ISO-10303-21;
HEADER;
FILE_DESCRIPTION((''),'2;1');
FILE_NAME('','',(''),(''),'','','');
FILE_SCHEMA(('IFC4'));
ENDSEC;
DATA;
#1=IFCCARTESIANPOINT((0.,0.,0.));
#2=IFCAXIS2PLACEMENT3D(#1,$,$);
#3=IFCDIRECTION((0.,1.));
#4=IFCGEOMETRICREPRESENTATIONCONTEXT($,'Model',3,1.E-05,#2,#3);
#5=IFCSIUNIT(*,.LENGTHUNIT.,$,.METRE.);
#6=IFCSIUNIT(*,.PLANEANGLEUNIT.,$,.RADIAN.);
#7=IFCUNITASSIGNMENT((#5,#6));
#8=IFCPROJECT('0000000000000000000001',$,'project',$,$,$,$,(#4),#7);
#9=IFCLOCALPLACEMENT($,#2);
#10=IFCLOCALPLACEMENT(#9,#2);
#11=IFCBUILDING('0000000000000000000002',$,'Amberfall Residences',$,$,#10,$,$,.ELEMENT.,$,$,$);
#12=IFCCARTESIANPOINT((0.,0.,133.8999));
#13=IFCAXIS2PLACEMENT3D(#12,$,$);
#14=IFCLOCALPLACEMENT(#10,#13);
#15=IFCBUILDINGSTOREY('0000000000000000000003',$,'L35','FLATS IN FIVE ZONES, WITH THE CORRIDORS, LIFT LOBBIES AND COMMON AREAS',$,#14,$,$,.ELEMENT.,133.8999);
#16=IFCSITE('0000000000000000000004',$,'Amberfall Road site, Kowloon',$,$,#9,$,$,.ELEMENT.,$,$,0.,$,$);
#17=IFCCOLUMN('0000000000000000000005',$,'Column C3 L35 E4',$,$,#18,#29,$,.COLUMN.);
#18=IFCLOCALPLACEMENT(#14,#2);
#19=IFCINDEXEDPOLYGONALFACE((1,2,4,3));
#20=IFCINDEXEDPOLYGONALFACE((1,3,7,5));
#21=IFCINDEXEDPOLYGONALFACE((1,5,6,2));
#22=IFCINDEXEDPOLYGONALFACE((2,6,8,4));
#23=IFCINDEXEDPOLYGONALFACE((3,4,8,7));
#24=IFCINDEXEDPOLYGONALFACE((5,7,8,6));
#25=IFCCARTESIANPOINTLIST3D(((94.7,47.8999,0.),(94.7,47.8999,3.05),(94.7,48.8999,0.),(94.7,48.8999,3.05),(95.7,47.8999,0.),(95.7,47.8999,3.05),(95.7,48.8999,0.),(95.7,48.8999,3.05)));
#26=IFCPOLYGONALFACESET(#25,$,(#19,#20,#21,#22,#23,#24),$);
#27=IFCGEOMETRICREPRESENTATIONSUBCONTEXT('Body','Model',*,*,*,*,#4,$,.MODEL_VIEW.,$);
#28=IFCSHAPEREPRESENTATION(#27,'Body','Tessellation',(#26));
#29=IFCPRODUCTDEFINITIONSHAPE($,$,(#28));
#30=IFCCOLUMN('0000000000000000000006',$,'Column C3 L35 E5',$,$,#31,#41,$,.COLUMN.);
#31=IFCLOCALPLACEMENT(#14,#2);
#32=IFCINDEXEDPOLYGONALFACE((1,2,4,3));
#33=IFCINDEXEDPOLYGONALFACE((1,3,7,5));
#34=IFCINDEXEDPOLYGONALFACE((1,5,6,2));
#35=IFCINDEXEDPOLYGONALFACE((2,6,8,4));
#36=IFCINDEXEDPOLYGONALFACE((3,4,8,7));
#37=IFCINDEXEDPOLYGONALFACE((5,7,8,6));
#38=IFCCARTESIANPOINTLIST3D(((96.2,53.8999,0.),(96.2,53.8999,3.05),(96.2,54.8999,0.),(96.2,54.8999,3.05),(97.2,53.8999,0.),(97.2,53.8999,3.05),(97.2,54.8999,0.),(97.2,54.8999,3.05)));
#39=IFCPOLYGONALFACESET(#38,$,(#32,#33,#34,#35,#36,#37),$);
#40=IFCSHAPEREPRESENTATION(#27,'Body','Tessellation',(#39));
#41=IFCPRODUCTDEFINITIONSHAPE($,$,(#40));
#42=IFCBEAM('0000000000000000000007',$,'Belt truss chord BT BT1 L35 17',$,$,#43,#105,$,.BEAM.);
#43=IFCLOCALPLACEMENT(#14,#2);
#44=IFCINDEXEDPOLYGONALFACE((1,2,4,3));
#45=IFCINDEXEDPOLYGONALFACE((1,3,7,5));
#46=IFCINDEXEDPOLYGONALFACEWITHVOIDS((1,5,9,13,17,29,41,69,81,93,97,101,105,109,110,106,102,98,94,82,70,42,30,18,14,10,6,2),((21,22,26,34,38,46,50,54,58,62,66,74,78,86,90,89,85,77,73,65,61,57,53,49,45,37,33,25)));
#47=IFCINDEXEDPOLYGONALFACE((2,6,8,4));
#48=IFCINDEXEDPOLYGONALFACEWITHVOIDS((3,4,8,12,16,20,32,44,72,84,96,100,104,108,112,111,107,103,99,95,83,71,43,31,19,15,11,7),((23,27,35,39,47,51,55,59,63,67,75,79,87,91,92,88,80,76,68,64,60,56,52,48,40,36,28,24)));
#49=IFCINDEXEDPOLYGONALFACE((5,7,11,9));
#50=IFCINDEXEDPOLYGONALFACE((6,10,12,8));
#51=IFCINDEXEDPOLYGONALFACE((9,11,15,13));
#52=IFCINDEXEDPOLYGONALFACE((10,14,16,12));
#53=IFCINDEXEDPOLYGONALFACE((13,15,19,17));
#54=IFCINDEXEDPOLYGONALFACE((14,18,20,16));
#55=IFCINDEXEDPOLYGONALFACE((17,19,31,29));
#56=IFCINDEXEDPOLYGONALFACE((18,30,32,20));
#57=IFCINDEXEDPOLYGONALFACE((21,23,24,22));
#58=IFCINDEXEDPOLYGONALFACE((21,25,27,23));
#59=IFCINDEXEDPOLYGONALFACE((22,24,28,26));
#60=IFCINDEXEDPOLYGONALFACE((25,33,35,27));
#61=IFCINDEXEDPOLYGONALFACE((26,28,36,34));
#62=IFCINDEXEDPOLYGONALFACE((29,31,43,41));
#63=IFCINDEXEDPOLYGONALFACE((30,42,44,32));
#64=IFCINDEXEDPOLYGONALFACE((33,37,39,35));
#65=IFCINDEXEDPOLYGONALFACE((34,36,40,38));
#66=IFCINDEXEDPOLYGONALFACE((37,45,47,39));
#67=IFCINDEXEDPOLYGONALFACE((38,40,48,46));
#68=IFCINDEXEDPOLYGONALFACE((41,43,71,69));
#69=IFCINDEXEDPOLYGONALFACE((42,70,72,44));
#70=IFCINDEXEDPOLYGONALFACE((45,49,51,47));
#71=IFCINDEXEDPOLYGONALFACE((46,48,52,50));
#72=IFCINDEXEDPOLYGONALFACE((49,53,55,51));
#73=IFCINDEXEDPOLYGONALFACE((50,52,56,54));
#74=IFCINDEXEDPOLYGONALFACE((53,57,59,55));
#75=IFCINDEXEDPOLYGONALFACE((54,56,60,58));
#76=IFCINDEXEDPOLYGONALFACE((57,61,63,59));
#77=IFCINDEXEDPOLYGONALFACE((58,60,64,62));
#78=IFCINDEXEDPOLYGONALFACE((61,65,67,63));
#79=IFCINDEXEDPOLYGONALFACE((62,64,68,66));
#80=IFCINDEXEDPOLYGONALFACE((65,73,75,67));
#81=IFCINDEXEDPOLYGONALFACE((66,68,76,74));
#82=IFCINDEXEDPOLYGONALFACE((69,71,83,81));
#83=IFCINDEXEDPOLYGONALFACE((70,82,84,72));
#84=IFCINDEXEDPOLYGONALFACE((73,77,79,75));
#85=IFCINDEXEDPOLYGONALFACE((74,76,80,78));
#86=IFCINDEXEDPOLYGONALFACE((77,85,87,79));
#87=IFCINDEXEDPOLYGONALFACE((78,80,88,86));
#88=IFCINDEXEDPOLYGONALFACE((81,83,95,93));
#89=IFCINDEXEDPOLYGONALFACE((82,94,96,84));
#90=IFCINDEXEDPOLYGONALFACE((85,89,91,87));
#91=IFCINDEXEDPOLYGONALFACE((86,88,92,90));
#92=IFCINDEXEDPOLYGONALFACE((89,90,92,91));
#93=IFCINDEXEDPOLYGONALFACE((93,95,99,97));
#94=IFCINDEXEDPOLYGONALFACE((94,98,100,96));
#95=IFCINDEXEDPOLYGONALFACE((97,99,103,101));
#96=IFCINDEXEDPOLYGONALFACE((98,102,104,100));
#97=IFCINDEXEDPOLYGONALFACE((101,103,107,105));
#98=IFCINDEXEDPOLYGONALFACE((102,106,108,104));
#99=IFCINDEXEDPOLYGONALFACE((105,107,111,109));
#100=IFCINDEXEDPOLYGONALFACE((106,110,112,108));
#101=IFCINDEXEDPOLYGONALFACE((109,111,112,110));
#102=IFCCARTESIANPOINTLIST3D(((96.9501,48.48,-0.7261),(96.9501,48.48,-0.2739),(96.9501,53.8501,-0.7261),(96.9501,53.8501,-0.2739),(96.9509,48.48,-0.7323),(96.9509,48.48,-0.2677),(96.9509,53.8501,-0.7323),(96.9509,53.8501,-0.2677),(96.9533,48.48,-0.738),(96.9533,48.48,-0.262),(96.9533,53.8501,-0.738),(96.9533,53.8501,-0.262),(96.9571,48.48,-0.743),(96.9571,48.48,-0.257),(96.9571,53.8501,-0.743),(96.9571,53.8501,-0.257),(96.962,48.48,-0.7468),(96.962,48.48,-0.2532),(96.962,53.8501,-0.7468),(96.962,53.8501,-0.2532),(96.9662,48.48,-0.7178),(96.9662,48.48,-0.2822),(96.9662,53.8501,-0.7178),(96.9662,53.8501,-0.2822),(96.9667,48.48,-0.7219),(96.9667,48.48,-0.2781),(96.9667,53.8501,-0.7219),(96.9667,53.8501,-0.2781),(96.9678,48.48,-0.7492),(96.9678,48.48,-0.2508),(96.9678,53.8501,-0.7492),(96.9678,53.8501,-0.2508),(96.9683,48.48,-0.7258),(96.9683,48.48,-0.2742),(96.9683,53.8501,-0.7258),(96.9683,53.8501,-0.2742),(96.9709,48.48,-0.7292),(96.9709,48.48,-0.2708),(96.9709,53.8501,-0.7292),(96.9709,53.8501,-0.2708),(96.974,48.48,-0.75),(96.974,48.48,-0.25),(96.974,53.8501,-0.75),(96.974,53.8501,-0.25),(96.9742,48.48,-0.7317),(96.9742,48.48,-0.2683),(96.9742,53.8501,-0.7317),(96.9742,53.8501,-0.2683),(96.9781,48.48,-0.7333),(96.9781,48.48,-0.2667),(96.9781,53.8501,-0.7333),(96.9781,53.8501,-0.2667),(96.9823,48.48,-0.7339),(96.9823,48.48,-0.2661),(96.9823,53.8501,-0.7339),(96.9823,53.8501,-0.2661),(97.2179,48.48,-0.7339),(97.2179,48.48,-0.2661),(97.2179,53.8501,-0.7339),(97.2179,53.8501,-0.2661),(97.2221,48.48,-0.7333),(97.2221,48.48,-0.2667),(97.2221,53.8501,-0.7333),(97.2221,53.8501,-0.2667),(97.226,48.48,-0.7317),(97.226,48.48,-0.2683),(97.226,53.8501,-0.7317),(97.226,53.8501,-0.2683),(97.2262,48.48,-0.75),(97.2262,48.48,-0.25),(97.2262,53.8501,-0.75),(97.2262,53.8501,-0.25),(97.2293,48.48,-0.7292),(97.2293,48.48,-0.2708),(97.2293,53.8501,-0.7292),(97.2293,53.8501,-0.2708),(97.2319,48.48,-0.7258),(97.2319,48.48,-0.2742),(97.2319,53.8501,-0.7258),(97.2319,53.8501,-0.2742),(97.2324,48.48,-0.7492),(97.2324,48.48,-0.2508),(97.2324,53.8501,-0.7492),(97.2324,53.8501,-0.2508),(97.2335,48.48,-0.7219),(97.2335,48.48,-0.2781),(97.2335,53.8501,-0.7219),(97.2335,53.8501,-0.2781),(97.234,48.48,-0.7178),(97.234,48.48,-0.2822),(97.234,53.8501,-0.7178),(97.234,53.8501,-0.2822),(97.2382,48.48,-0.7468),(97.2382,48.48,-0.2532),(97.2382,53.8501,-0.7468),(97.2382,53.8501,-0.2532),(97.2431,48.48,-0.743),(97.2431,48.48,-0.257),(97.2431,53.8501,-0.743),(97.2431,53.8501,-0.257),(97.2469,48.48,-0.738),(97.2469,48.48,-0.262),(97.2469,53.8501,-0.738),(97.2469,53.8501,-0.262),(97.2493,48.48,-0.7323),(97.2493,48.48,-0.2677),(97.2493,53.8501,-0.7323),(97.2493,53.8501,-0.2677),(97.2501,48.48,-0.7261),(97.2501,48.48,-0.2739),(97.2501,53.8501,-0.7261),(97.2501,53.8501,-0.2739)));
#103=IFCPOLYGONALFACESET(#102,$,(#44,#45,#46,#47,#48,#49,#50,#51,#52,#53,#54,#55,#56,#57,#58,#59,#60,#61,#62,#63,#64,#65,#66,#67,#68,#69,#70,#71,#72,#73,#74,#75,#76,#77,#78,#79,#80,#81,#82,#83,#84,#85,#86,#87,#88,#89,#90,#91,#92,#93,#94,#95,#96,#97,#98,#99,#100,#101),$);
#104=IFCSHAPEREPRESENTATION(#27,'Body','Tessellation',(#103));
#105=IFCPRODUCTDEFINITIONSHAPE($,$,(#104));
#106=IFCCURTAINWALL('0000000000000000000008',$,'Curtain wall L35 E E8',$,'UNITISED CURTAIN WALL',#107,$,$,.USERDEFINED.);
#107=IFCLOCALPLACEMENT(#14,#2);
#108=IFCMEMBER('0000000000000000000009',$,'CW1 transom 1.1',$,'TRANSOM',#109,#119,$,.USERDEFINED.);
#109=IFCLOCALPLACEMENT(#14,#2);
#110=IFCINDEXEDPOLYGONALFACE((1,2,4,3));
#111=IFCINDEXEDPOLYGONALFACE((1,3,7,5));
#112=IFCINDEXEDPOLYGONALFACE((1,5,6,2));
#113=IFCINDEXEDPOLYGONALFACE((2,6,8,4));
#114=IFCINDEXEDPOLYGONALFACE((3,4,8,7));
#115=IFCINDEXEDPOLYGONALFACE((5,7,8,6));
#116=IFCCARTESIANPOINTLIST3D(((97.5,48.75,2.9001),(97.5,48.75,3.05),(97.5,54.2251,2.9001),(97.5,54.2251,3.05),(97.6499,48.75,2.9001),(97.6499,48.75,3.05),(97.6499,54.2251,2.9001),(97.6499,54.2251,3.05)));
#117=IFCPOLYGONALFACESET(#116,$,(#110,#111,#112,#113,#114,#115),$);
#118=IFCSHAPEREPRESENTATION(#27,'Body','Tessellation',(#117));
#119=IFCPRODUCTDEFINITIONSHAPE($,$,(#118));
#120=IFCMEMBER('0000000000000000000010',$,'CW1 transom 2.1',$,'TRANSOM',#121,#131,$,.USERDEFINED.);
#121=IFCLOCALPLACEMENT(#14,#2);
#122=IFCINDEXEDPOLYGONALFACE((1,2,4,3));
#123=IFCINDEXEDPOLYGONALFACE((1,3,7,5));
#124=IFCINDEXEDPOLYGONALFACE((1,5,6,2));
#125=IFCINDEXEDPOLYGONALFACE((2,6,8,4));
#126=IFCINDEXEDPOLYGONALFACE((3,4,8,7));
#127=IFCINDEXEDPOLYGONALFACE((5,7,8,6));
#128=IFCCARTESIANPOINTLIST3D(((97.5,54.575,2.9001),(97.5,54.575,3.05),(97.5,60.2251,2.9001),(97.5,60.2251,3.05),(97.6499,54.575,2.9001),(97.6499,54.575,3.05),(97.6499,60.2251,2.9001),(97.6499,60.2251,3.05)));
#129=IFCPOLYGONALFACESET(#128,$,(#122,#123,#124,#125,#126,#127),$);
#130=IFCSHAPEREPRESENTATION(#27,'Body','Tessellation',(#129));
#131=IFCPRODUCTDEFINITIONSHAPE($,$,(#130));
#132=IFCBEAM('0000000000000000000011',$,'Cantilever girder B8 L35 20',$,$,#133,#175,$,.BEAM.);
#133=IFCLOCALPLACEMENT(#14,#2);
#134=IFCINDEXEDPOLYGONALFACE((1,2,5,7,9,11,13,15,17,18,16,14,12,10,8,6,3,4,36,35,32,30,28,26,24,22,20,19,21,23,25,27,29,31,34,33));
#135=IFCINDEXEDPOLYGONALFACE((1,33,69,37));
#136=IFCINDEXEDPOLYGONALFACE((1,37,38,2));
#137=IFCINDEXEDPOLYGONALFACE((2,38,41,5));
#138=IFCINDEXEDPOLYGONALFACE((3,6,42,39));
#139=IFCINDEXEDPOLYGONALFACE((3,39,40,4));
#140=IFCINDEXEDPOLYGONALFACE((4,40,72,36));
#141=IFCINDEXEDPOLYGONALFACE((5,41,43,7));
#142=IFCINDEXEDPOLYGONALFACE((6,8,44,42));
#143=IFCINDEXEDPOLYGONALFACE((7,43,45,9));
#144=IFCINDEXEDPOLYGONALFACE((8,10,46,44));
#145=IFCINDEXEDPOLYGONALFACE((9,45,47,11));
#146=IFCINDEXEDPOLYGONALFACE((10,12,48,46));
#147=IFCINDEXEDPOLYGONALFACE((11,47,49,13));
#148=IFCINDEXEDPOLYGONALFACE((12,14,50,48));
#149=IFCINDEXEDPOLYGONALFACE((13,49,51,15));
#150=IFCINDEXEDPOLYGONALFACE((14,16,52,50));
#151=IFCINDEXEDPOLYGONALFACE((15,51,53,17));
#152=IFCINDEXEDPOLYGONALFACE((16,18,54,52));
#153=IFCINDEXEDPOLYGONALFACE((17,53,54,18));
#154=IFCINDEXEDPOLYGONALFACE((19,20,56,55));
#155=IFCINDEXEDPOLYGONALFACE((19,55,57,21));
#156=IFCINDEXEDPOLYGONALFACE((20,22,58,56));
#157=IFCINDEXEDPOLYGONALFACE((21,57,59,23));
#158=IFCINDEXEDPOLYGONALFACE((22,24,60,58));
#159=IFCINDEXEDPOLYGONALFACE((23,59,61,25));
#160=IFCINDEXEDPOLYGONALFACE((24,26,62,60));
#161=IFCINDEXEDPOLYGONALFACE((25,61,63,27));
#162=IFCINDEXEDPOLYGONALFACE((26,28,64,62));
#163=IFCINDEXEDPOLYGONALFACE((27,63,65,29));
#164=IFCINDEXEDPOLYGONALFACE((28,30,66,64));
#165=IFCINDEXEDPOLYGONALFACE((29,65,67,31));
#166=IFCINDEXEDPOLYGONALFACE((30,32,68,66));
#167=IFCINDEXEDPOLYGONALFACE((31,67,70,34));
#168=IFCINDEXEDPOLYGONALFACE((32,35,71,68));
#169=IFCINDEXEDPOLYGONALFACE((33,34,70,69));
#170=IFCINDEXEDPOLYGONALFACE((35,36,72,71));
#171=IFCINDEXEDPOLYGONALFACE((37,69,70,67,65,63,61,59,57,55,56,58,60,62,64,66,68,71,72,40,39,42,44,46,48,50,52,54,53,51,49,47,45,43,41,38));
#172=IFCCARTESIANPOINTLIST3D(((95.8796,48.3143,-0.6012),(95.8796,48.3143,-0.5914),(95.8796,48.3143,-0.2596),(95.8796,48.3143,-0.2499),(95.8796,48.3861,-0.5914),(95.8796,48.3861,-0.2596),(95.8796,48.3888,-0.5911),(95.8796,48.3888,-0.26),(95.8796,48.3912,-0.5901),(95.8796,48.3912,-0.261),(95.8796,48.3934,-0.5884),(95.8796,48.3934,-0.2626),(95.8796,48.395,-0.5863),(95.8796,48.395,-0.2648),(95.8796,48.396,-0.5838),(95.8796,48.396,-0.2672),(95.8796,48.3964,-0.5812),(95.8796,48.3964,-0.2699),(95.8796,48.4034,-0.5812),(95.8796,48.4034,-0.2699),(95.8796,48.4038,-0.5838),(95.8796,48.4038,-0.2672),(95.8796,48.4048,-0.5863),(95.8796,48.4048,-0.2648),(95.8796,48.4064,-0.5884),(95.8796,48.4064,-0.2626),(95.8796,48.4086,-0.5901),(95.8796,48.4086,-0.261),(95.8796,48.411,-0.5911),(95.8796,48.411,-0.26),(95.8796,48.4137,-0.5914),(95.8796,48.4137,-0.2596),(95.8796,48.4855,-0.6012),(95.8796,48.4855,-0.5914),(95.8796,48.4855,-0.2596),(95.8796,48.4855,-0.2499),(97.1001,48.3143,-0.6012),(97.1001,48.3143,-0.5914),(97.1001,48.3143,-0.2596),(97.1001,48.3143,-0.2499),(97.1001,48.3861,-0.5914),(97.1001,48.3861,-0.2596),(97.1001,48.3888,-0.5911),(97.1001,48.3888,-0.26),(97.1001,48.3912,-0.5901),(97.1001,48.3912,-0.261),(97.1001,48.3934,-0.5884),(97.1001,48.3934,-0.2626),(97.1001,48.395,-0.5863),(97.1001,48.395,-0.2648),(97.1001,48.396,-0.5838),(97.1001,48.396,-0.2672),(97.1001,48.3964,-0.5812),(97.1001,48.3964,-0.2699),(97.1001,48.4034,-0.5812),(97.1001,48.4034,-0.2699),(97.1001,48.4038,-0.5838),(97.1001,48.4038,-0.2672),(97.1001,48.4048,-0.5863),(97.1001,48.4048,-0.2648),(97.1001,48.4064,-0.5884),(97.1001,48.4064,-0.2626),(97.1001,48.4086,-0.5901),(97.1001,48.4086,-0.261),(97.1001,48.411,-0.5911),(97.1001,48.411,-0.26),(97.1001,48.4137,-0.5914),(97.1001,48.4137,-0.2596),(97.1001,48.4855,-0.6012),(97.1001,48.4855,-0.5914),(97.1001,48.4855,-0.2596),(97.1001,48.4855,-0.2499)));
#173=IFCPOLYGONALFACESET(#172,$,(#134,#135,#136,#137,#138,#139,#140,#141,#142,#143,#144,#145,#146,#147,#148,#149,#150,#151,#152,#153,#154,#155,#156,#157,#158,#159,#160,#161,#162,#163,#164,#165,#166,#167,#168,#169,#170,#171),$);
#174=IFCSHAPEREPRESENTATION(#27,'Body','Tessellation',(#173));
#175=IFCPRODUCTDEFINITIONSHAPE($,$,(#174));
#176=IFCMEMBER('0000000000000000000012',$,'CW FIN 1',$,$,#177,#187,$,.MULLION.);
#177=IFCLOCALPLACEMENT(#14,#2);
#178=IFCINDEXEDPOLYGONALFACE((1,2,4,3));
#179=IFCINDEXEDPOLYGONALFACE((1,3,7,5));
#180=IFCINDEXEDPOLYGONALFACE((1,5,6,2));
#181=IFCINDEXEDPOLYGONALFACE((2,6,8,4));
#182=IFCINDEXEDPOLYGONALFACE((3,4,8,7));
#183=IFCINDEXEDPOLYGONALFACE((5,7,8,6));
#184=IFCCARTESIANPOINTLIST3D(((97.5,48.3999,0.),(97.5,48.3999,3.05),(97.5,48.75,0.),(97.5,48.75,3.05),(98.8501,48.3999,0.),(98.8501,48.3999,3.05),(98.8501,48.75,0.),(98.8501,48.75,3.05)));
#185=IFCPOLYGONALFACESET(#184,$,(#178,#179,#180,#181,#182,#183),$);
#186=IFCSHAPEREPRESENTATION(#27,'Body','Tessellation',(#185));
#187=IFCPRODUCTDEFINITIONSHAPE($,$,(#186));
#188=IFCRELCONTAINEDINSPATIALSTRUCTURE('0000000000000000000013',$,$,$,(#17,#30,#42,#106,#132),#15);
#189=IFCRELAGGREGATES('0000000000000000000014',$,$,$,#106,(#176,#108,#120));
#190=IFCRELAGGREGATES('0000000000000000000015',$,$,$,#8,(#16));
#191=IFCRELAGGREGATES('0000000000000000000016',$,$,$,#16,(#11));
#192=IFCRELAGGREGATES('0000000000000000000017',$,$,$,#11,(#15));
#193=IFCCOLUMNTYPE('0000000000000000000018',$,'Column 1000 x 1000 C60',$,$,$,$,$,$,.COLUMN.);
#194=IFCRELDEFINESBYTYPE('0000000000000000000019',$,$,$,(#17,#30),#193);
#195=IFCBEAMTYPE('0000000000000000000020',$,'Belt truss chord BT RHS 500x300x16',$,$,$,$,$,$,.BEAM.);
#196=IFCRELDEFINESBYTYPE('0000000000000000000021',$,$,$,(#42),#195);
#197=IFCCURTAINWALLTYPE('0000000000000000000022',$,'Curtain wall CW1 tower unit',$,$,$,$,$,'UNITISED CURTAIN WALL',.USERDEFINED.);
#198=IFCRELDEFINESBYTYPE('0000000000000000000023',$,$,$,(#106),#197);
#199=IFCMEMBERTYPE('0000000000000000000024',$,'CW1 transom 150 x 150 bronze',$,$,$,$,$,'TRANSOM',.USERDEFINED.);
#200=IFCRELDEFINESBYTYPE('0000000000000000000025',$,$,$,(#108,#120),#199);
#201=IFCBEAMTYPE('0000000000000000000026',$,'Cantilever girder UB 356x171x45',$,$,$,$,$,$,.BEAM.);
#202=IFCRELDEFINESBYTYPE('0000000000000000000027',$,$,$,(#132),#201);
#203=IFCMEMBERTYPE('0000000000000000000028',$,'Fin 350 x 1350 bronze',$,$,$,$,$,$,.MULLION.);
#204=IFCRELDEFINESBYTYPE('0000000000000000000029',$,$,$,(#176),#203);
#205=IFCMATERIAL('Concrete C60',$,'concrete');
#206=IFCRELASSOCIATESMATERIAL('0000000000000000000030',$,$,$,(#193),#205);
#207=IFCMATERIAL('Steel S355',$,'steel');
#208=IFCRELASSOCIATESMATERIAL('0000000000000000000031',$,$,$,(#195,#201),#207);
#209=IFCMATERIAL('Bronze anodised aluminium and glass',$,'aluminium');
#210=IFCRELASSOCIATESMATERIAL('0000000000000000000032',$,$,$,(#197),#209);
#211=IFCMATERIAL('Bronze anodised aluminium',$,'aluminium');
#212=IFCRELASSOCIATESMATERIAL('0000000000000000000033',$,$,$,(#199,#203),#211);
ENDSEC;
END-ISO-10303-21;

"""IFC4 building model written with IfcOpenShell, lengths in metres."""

from ifc_helpers import new_model, si_unit, direction, frame, origin, origin_2d, place, context, subcontext, project, spatial, rectangle, hollow_rectangle, i_section, extrude, material, material_profile, profile_set, type_object, element, aggregate, save


model = new_model("IFC4")

# Units and contexts
model_context = context("Model", 3, precision=1e-05, world=origin(), true_north=direction((0.0, 1.0)))
body_context = subcontext(model_context, "Body", "Model", "MODEL_VIEW")
ifc_project = project(units=[si_unit("LENGTHUNIT", "METRE"), si_unit("PLANEANGLEUNIT", "RADIAN")], contexts=[model_context])

# Site, building, storey
site_placement = place(None, origin())
site = spatial("IfcSite", under=ifc_project, at=site_placement, Name="Amberfall Road site, Kowloon", CompositionType="ELEMENT", RefElevation=0.0)
building_placement = place(site_placement, origin())
building = spatial("IfcBuilding", under=site, at=building_placement, Name="Amberfall Residences", CompositionType="ELEMENT")
storey_placement = place(building_placement, frame((0.0, 0.0, 133.8999)))
storey = spatial("IfcBuildingStorey", under=building, at=storey_placement, Name="L35", Description="FLATS IN FIVE ZONES, WITH THE CORRIDORS, LIFT LOBBIES AND COMMON AREAS", CompositionType="ELEMENT", Elevation=133.8999)

# Columns
ifc_material_1 = material(Name="Concrete C60", Category="concrete")
ifc_material_profile_1 = material_profile(ifc_material_1, rectangle(XDim=1.0, YDim=1.0, at=origin_2d()), Name="Column 1000 x 1000 C60")
ifc_profile_set_1 = profile_set([ifc_material_profile_1], Name="Concrete C60")
column_type = type_object("IfcColumnType", Name="Column 1000 x 1000 C60", PredefinedType="COLUMN", material=ifc_profile_set_1)
for number, where, z_axis, x_axis, name in (
    (1, (95.2, 48.3999, 0.0), (0.0, 0.0, 1.0), (1.0, 0.0, 0.0), "Column C3 L35 E4"),
    (2, (96.7, 54.3999, 0.0), (0.0, 0.0, 1.0), (1.0, 0.0, 0.0), "Column C3 L35 E5"),
):
    element("IfcColumn", number, at=place(storey_placement, frame(where, z_axis=z_axis, x_axis=x_axis)), inside=storey, type_object=column_type, Name=name, PredefinedType="COLUMN", context=body_context, shape_type="SweptSolid", body=[
        extrude(rectangle(XDim=1.0, YDim=1.0, at=origin_2d()), origin(), (0.0, 0.0, 1.0), 3.05),
    ])

# Beam
ifc_material_2 = material(Name="Steel S355", Category="steel")
ifc_material_profile_2 = material_profile(ifc_material_2, hollow_rectangle(XDim=0.3, YDim=0.5, WallThickness=0.0161, InnerFilletRadius=0.0161, OuterFilletRadius=0.0239, at=origin_2d()), Name="RHS 500x300x16")
ifc_profile_set_2 = profile_set([ifc_material_profile_2], Name="Steel S355")
beam_type_1 = type_object("IfcBeamType", Name="Belt truss chord BT RHS 500x300x16", PredefinedType="BEAM", material=ifc_profile_set_2)
beam_1_placement = place(storey_placement, frame((97.1001, 48.48, -0.5), z_axis=(0.0, 1.0, 0.0), x_axis=(-1.0, 0.0, 0.0)))
element("IfcBeam", 3, at=beam_1_placement, inside=storey, type_object=beam_type_1, Name="Belt truss chord BT BT1 L35 17", PredefinedType="BEAM", context=body_context, shape_type="SweptSolid", body=[
    extrude(hollow_rectangle(XDim=0.3, YDim=0.5, WallThickness=0.0161, InnerFilletRadius=0.0161, OuterFilletRadius=0.0239, at=origin_2d()), origin(), (0.0, 0.0, 1.0), 5.3701),
])

# Curtain wall, members
ifc_material_3 = material(Name="Bronze anodised aluminium and glass", Category="aluminium")
curtain_wall_type = type_object("IfcCurtainWallType", Name="Curtain wall CW1 tower unit", ElementType="UNITISED CURTAIN WALL", PredefinedType="USERDEFINED", material=ifc_material_3)
curtain_wall_placement = place(storey_placement, origin())
curtain_wall = element("IfcCurtainWall", 4, at=curtain_wall_placement, inside=storey, type_object=curtain_wall_type, Name="Curtain wall L35 E E8", ObjectType="UNITISED CURTAIN WALL", PredefinedType="USERDEFINED")
ifc_material_4 = material(Name="Bronze anodised aluminium", Category="aluminium")
ifc_material_profile_3 = material_profile(ifc_material_4, rectangle(XDim=0.1499, YDim=0.1499, at=origin_2d()), Name="CW1 transom 150 x 150 bronze")
ifc_profile_set_3 = profile_set([ifc_material_profile_3], Name="Bronze anodised aluminium")
member_type_1 = type_object("IfcMemberType", Name="CW1 transom 150 x 150 bronze", ElementType="TRANSOM", PredefinedType="USERDEFINED", material=ifc_profile_set_3)
member_1_placement = place(storey_placement, frame((97.575, 48.75, 2.9751), z_axis=(0.0, 1.0, 0.0), x_axis=(-1.0, 0.0, 0.0)))
member_1 = element("IfcMember", 5, at=member_1_placement, type_object=member_type_1, Name="CW1 transom 1.1", ObjectType="TRANSOM", PredefinedType="USERDEFINED", context=body_context, shape_type="SweptSolid", body=[
    extrude(rectangle(XDim=0.1499, YDim=0.1499, at=origin_2d()), origin(), (0.0, 0.0, 1.0), 5.4751),
])
member_2_placement = place(storey_placement, frame((97.575, 54.575, 2.9751), z_axis=(0.0, 1.0, 0.0), x_axis=(-1.0, 0.0, 0.0)))
member_2 = element("IfcMember", 6, at=member_2_placement, type_object=member_type_1, Name="CW1 transom 2.1", ObjectType="TRANSOM", PredefinedType="USERDEFINED", context=body_context, shape_type="SweptSolid", body=[
    extrude(rectangle(XDim=0.1499, YDim=0.1499, at=origin_2d()), origin(), (0.0, 0.0, 1.0), 5.6501),
])

# Beam
ifc_material_profile_4 = material_profile(ifc_material_2, i_section(OverallWidth=0.1711, OverallDepth=0.3513, WebThickness=0.0071, FlangeThickness=0.0098, FilletRadius=0.0103, at=origin_2d()), Name="UB 356x171x45")
ifc_profile_set_4 = profile_set([ifc_material_profile_4], Name="Steel S355")
beam_type_2 = type_object("IfcBeamType", Name="Cantilever girder UB 356x171x45", PredefinedType="BEAM", material=ifc_profile_set_4)
beam_2_placement = place(storey_placement, frame((95.8796, 48.3999, -0.4255), z_axis=(1.0, 0.0, 0.0), x_axis=(0.0, 1.0, 0.0)))
element("IfcBeam", 7, at=beam_2_placement, inside=storey, type_object=beam_type_2, Name="Cantilever girder B8 L35 20", PredefinedType="BEAM", context=body_context, shape_type="SweptSolid", body=[
    extrude(i_section(OverallWidth=0.1711, OverallDepth=0.3513, WebThickness=0.0071, FlangeThickness=0.0098, FilletRadius=0.0103, at=origin_2d()), origin(), (0.0, 0.0, 1.0), 1.2205),
])

# Member
ifc_material_profile_5 = material_profile(ifc_material_4, rectangle(XDim=1.3501, YDim=0.3501, at=origin_2d()), Name="Fin 350 x 1350 bronze")
ifc_profile_set_5 = profile_set([ifc_material_profile_5], Name="Bronze anodised aluminium")
member_type_2 = type_object("IfcMemberType", Name="Fin 350 x 1350 bronze", PredefinedType="MULLION", material=ifc_profile_set_5)
member_3_placement = place(storey_placement, frame((98.175, 48.575, 0.0), z_axis=(0.0, 0.0, 1.0), x_axis=(-1.0, 0.0, 0.0)))
member_3 = element("IfcMember", 8, at=member_3_placement, type_object=member_type_2, Name="CW FIN 1", PredefinedType="MULLION", context=body_context, shape_type="SweptSolid", body=[
    extrude(rectangle(XDim=1.3501, YDim=0.3501, at=origin_2d()), origin(), (0.0, 0.0, 1.0), 3.05),
])

aggregate(curtain_wall, [member_3, member_1, member_2])

save(model, "model.ifc")
